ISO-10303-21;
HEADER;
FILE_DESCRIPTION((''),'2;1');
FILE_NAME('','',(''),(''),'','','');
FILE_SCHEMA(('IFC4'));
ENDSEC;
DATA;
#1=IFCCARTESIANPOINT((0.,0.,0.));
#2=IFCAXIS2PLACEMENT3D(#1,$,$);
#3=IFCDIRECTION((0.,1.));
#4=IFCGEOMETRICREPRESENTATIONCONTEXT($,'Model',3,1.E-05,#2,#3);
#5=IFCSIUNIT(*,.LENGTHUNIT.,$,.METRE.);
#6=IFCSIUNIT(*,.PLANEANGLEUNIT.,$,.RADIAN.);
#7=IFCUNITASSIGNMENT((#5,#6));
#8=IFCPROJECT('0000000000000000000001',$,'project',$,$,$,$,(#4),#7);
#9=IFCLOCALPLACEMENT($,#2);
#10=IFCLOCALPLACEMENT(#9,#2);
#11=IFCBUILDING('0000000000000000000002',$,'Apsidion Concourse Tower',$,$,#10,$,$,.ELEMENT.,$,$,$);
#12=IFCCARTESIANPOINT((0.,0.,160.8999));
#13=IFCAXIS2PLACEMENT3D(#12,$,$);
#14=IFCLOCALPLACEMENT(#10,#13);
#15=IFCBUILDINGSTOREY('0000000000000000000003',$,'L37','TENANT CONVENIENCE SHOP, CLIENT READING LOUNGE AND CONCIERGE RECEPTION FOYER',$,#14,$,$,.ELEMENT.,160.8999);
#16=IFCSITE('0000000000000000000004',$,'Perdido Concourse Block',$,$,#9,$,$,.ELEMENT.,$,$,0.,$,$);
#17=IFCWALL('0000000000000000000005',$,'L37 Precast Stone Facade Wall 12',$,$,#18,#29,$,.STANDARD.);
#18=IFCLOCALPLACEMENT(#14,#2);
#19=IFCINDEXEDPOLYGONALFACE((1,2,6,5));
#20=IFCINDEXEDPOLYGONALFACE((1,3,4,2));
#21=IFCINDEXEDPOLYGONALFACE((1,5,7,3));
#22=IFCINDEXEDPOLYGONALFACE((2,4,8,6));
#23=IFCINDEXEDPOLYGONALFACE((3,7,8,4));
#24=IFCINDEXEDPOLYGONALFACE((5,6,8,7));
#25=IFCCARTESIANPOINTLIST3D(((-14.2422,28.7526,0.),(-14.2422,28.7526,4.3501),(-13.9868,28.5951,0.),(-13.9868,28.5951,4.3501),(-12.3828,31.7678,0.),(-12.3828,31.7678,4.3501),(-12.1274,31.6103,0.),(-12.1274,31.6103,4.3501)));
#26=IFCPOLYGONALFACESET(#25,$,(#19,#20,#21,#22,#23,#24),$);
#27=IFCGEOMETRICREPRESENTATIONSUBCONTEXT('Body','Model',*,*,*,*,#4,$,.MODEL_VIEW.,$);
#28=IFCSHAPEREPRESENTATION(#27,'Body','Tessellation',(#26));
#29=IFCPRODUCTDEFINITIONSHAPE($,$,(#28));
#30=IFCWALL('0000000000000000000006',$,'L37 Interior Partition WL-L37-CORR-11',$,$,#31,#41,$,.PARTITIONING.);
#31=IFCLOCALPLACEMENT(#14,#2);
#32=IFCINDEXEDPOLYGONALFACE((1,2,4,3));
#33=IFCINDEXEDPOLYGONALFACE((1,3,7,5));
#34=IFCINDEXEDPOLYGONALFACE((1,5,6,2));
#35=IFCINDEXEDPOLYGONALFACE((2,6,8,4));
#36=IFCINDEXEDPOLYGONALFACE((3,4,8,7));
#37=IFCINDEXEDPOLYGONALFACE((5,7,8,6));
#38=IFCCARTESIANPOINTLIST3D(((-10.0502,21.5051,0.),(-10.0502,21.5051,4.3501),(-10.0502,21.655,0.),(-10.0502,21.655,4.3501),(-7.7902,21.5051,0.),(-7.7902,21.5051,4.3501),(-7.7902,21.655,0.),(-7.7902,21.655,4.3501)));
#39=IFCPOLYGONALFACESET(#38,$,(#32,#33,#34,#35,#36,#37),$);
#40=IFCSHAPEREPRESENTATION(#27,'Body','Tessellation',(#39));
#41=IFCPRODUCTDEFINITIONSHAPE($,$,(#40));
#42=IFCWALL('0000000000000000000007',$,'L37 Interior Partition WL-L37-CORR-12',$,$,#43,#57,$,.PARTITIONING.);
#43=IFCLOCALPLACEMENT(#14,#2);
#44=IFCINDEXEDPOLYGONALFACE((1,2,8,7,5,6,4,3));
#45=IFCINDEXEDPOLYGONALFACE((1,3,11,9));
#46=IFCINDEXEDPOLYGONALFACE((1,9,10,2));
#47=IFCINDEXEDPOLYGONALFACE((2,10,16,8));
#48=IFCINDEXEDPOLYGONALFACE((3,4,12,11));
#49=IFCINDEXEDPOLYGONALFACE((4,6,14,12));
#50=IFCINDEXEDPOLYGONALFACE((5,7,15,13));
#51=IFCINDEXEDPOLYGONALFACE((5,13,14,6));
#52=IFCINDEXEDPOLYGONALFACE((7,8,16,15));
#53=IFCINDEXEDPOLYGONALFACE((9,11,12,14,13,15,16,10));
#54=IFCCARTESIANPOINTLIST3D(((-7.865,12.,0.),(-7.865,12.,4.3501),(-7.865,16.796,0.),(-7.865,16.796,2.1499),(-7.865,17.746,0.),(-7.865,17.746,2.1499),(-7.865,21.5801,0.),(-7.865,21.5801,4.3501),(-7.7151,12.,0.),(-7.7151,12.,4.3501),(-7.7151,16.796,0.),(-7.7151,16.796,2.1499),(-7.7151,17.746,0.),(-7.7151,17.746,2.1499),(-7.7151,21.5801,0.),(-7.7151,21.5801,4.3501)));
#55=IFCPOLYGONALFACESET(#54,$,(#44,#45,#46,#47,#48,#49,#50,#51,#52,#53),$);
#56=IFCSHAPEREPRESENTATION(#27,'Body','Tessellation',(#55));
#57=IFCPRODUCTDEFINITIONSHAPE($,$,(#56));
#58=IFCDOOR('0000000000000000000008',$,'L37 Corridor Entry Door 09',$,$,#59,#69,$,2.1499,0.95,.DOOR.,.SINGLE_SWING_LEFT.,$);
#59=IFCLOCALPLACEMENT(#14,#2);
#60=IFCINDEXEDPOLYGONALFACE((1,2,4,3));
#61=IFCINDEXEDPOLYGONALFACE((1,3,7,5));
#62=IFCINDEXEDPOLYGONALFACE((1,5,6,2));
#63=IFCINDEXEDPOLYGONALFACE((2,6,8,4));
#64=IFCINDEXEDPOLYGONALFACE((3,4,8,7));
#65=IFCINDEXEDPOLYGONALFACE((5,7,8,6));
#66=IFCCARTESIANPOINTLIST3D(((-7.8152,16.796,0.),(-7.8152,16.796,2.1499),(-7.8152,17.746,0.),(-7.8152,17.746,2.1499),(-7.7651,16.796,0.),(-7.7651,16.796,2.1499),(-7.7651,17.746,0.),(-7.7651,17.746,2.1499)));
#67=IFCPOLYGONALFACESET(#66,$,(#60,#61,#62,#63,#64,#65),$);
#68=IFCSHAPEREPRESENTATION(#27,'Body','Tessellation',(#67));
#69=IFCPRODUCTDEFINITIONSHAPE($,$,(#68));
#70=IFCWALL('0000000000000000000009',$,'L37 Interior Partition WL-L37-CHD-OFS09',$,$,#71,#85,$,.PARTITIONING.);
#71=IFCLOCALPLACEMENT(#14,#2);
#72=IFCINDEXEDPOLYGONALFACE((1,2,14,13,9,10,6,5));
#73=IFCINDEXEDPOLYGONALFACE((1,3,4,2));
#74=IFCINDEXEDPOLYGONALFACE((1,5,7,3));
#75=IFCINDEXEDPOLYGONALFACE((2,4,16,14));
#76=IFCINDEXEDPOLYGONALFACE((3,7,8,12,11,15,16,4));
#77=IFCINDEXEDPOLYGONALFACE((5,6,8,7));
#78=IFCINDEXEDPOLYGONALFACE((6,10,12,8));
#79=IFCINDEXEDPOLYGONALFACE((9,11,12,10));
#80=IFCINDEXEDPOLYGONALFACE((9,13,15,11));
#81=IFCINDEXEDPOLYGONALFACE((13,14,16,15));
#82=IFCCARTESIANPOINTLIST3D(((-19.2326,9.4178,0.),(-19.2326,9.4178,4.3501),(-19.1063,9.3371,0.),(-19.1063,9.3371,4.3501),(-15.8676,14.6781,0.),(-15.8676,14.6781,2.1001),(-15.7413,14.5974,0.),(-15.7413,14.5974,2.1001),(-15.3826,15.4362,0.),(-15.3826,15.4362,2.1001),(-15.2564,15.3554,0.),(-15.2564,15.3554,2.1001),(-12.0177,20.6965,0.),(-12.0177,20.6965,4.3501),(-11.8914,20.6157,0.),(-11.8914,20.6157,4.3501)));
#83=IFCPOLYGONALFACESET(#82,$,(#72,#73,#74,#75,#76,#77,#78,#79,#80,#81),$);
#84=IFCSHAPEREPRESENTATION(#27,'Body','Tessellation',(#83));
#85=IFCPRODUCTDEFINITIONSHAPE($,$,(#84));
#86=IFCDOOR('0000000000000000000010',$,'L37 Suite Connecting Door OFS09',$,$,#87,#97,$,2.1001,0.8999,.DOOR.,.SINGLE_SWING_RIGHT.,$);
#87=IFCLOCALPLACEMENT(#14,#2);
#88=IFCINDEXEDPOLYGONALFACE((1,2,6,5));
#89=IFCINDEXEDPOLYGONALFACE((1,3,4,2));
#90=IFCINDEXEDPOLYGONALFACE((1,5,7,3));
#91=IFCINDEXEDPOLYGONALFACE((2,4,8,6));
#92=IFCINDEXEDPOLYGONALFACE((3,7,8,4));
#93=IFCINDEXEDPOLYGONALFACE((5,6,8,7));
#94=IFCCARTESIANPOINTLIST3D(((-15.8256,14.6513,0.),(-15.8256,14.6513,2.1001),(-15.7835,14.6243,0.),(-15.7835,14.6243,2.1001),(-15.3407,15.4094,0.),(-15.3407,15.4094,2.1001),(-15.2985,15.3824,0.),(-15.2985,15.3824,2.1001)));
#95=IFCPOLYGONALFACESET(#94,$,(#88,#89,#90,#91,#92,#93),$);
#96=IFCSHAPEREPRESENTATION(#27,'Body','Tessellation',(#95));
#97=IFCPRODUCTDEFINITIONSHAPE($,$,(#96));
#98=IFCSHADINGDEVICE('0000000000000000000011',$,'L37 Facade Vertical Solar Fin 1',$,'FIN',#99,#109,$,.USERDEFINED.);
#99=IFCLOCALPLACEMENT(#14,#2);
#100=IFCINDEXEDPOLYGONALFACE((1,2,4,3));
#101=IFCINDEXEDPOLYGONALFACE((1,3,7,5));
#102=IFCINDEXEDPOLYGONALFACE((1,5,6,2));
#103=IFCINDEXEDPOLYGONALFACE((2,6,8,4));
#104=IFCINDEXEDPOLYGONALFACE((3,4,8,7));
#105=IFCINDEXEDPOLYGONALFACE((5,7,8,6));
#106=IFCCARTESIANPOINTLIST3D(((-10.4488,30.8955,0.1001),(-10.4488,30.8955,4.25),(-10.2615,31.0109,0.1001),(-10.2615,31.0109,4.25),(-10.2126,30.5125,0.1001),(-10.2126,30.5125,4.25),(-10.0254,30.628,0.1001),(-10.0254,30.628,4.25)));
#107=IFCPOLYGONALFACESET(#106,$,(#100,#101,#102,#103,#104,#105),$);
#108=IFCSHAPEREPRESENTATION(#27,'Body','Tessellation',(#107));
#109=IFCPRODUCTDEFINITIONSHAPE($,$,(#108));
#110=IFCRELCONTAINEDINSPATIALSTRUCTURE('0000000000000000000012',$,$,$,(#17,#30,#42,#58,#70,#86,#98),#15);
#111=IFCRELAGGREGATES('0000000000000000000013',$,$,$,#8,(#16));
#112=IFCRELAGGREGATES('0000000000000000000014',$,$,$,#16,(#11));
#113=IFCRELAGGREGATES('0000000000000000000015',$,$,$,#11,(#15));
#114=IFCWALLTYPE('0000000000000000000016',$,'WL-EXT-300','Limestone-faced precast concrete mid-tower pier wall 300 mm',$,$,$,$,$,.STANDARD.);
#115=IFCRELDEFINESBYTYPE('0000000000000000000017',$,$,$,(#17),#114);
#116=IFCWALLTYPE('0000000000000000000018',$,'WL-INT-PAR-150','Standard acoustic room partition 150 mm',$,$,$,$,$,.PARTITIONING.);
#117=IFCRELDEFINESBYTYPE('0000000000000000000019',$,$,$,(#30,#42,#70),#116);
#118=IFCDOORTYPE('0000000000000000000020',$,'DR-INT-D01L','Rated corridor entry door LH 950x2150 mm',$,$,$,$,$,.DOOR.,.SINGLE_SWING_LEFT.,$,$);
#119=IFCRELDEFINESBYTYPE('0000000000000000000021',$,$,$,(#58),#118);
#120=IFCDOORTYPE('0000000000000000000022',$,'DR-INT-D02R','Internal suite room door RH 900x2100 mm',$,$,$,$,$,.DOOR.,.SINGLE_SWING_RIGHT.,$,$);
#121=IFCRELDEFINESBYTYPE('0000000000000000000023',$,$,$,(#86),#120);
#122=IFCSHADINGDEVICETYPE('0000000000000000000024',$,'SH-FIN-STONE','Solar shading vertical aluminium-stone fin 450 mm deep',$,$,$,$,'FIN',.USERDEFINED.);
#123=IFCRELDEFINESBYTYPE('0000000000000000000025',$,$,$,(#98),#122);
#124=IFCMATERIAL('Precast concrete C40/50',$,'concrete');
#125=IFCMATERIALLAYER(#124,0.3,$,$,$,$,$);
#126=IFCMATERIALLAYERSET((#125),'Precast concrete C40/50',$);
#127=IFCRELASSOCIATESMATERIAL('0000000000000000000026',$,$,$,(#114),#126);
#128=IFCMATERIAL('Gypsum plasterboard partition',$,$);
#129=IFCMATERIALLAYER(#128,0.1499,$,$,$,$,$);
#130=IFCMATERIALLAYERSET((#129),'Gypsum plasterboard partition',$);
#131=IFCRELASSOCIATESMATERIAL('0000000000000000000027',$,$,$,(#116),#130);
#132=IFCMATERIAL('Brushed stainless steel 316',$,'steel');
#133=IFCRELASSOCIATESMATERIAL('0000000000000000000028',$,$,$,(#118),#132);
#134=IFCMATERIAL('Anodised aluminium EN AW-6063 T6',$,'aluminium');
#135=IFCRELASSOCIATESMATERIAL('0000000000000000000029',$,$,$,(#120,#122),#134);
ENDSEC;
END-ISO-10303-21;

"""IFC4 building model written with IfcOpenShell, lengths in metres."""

from ifc_helpers import new_model, si_unit, direction, frame, frame_2d, origin, origin_2d, place, context, subcontext, project, spatial, rectangle, extrude, material, layer, layer_set, type_object, element, fill, save


model = new_model("IFC4")

# Units and contexts
model_context = context("Model", 3, precision=1e-05, world=origin(), true_north=direction((0.0, 1.0)))
body_context = subcontext(model_context, "Body", "Model", "MODEL_VIEW")
ifc_project = project(units=[si_unit("LENGTHUNIT", "METRE"), si_unit("PLANEANGLEUNIT", "RADIAN")], contexts=[model_context])

# Site, building, storey
site_placement = place(None, origin())
site = spatial("IfcSite", under=ifc_project, at=site_placement, Name="Perdido Concourse Block", CompositionType="ELEMENT", RefElevation=0.0)
building_placement = place(site_placement, origin())
building = spatial("IfcBuilding", under=site, at=building_placement, Name="Apsidion Concourse Tower", CompositionType="ELEMENT")
storey_placement = place(building_placement, frame((0.0, 0.0, 160.8999)))
storey = spatial("IfcBuildingStorey", under=building, at=storey_placement, Name="L37", Description="TENANT CONVENIENCE SHOP, CLIENT READING LOUNGE AND CONCIERGE RECEPTION FOYER", CompositionType="ELEMENT", Elevation=160.8999)

# Shared definitions
ifc_material_1 = material(Name="Precast concrete C40/50", Category="concrete")
ifc_layer_1 = layer(ifc_material_1, 0.3)
ifc_layer_set_1 = layer_set([ifc_layer_1], Name="Precast concrete C40/50")
wall_type_1 = type_object("IfcWallType", Name="WL-EXT-300", Description="Limestone-faced precast concrete mid-tower pier wall 300 mm", PredefinedType="STANDARD", material=ifc_layer_set_1)

# Walls
wall_1_placement = place(storey_placement, frame((-14.1145, 28.6738, 0.0), z_axis=(0.0, 0.0, 1.0), x_axis=(0.524897, 0.851166, 0.0)))
element("IfcWall", 1, at=wall_1_placement, inside=storey, type_object=wall_type_1, Name="L37 Precast Stone Facade Wall 12", PredefinedType="STANDARD", context=body_context, shape_type="SweptSolid", body=[
    extrude(rectangle(XDim=3.5425, YDim=0.3, at=frame_2d((1.7712, 0.0))), origin(), (0.0, 0.0, 1.0), 4.3501),
])
ifc_material_2 = material(Name="Gypsum plasterboard partition")
ifc_layer_2 = layer(ifc_material_2, 0.1499)
ifc_layer_set_2 = layer_set([ifc_layer_2], Name="Gypsum plasterboard partition")
wall_type_2 = type_object("IfcWallType", Name="WL-INT-PAR-150", Description="Standard acoustic room partition 150 mm", PredefinedType="PARTITIONING", material=ifc_layer_set_2)
wall_2_placement = place(storey_placement, frame((-10.05, 21.5801, 0.0), z_axis=(0.0, 0.0, 1.0), x_axis=(1.0, 0.0, 0.0)))
element("IfcWall", 2, at=wall_2_placement, inside=storey, type_object=wall_type_2, Name="L37 Interior Partition WL-L37-CORR-11", PredefinedType="PARTITIONING", context=body_context, shape_type="SweptSolid", body=[
    extrude(rectangle(XDim=2.26, YDim=0.1499, at=frame_2d((1.1299, 0.0))), origin(), (0.0, 0.0, 1.0), 4.3501),
])

# Walls, openings, doors
wall_3_placement = place(storey_placement, frame((-7.79, 21.5801, 0.0), z_axis=(0.0, 0.0, 1.0), x_axis=(0.0, -1.0, 0.0)))
wall_3 = element("IfcWall", 3, at=wall_3_placement, inside=storey, type_object=wall_type_2, Name="L37 Interior Partition WL-L37-CORR-12", PredefinedType="PARTITIONING", context=body_context, shape_type="SweptSolid", body=[
    extrude(rectangle(XDim=9.5801, YDim=0.1499, at=frame_2d((4.79, 0.0))), origin(), (0.0, 0.0, 1.0), 4.3501),
])
opening_1_placement = place(wall_3_placement, frame((3.834, 0.0, 0.0)))
opening_1 = element("IfcOpeningElement", 4, at=opening_1_placement, cuts=wall_3, PredefinedType="OPENING", context=body_context, shape_type="SweptSolid", body=[
    extrude(rectangle(XDim=0.95, YDim=2.1499, at=frame_2d((0.4751, 1.075))), frame((0.0, 0.085, 0.0), z_axis=(0.0, -1.0, 0.0), x_axis=(1.0, 0.0, 0.0)), (0.0, 0.0, 1.0), 0.1699),
])
ifc_material_3 = material(Name="Brushed stainless steel 316", Category="steel")
door_type_1 = type_object("IfcDoorType", Name="DR-INT-D01L", Description="Rated corridor entry door LH 950x2150 mm", OperationType="SINGLE_SWING_LEFT", PredefinedType="DOOR", material=ifc_material_3)
door_1_placement = place(opening_1_placement, origin())
door_1 = element("IfcDoor", 5, at=door_1_placement, inside=storey, type_object=door_type_1, Name="L37 Corridor Entry Door 09", OperationType="SINGLE_SWING_LEFT", OverallHeight=2.1499, OverallWidth=0.95, PredefinedType="DOOR", context=body_context, shape_type="SweptSolid", body=[
    extrude(rectangle(XDim=0.95, YDim=2.1499, at=frame_2d((0.4751, 1.075))), frame((0.0, 0.0249, 0.0), z_axis=(0.0, -1.0, 0.0), x_axis=(1.0, 0.0, 0.0)), (0.0, 0.0, 1.0), 0.05),
])
fill(opening_1, door_1)
wall_4_placement = place(storey_placement, frame((-11.9546, 20.656, 0.0), z_axis=(0.0, 0.0, 1.0), x_axis=(-0.538872, -0.842388, 0.0)))
wall_4 = element("IfcWall", 6, at=wall_4_placement, inside=storey, type_object=wall_type_2, Name="L37 Interior Partition WL-L37-CHD-OFS09", PredefinedType="PARTITIONING", context=body_context, shape_type="SweptSolid", body=[
    extrude(rectangle(XDim=13.3889, YDim=0.1499, at=frame_2d((6.6943, 0.0))), origin(), (0.0, 0.0, 1.0), 4.3501),
])
opening_2_placement = place(wall_4_placement, frame((6.2444, 0.0, 0.0)))
opening_2 = element("IfcOpeningElement", 7, at=opening_2_placement, cuts=wall_4, PredefinedType="OPENING", context=body_context, shape_type="SweptSolid", body=[
    extrude(rectangle(XDim=0.8999, YDim=2.1001, at=frame_2d((0.45, 1.05))), frame((0.0, 0.085, 0.0), z_axis=(0.0, -1.0, 0.0), x_axis=(1.0, 0.0, 0.0)), (0.0, 0.0, 1.0), 0.1699),
])
ifc_material_4 = material(Name="Anodised aluminium EN AW-6063 T6", Category="aluminium")
door_type_2 = type_object("IfcDoorType", Name="DR-INT-D02R", Description="Internal suite room door RH 900x2100 mm", OperationType="SINGLE_SWING_RIGHT", PredefinedType="DOOR", material=ifc_material_4)
door_2_placement = place(opening_2_placement, origin())
door_2 = element("IfcDoor", 8, at=door_2_placement, inside=storey, type_object=door_type_2, Name="L37 Suite Connecting Door OFS09", OperationType="SINGLE_SWING_RIGHT", OverallHeight=2.1001, OverallWidth=0.8999, PredefinedType="DOOR", context=body_context, shape_type="SweptSolid", body=[
    extrude(rectangle(XDim=0.8999, YDim=2.1001, at=frame_2d((0.45, 1.05))), frame((0.0, 0.0249, 0.0), z_axis=(0.0, -1.0, 0.0), x_axis=(1.0, 0.0, 0.0)), (0.0, 0.0, 1.0), 0.05),
])
fill(opening_2, door_2)

# Shading device
shading_device_type = type_object("IfcShadingDeviceType", Name="SH-FIN-STONE", Description="Solar shading vertical aluminium-stone fin 450 mm deep", ElementType="FIN", PredefinedType="USERDEFINED", material=ifc_material_4)
shading_device_placement = place(storey_placement, frame((-10.2371, 30.7617, 0.1001), z_axis=(0.0, 0.0, 1.0), x_axis=(0.851178, 0.524878, 0.0)))
element("IfcShadingDevice", 9, at=shading_device_placement, inside=storey, type_object=shading_device_type, Name="L37 Facade Vertical Solar Fin 1", ObjectType="FIN", PredefinedType="USERDEFINED", context=body_context, shape_type="SweptSolid", body=[
    extrude(rectangle(XDim=0.22, YDim=0.45, at=origin_2d()), origin(), (0.0, 0.0, 1.0), 4.1499),
])

save(model, "model.ifc")
